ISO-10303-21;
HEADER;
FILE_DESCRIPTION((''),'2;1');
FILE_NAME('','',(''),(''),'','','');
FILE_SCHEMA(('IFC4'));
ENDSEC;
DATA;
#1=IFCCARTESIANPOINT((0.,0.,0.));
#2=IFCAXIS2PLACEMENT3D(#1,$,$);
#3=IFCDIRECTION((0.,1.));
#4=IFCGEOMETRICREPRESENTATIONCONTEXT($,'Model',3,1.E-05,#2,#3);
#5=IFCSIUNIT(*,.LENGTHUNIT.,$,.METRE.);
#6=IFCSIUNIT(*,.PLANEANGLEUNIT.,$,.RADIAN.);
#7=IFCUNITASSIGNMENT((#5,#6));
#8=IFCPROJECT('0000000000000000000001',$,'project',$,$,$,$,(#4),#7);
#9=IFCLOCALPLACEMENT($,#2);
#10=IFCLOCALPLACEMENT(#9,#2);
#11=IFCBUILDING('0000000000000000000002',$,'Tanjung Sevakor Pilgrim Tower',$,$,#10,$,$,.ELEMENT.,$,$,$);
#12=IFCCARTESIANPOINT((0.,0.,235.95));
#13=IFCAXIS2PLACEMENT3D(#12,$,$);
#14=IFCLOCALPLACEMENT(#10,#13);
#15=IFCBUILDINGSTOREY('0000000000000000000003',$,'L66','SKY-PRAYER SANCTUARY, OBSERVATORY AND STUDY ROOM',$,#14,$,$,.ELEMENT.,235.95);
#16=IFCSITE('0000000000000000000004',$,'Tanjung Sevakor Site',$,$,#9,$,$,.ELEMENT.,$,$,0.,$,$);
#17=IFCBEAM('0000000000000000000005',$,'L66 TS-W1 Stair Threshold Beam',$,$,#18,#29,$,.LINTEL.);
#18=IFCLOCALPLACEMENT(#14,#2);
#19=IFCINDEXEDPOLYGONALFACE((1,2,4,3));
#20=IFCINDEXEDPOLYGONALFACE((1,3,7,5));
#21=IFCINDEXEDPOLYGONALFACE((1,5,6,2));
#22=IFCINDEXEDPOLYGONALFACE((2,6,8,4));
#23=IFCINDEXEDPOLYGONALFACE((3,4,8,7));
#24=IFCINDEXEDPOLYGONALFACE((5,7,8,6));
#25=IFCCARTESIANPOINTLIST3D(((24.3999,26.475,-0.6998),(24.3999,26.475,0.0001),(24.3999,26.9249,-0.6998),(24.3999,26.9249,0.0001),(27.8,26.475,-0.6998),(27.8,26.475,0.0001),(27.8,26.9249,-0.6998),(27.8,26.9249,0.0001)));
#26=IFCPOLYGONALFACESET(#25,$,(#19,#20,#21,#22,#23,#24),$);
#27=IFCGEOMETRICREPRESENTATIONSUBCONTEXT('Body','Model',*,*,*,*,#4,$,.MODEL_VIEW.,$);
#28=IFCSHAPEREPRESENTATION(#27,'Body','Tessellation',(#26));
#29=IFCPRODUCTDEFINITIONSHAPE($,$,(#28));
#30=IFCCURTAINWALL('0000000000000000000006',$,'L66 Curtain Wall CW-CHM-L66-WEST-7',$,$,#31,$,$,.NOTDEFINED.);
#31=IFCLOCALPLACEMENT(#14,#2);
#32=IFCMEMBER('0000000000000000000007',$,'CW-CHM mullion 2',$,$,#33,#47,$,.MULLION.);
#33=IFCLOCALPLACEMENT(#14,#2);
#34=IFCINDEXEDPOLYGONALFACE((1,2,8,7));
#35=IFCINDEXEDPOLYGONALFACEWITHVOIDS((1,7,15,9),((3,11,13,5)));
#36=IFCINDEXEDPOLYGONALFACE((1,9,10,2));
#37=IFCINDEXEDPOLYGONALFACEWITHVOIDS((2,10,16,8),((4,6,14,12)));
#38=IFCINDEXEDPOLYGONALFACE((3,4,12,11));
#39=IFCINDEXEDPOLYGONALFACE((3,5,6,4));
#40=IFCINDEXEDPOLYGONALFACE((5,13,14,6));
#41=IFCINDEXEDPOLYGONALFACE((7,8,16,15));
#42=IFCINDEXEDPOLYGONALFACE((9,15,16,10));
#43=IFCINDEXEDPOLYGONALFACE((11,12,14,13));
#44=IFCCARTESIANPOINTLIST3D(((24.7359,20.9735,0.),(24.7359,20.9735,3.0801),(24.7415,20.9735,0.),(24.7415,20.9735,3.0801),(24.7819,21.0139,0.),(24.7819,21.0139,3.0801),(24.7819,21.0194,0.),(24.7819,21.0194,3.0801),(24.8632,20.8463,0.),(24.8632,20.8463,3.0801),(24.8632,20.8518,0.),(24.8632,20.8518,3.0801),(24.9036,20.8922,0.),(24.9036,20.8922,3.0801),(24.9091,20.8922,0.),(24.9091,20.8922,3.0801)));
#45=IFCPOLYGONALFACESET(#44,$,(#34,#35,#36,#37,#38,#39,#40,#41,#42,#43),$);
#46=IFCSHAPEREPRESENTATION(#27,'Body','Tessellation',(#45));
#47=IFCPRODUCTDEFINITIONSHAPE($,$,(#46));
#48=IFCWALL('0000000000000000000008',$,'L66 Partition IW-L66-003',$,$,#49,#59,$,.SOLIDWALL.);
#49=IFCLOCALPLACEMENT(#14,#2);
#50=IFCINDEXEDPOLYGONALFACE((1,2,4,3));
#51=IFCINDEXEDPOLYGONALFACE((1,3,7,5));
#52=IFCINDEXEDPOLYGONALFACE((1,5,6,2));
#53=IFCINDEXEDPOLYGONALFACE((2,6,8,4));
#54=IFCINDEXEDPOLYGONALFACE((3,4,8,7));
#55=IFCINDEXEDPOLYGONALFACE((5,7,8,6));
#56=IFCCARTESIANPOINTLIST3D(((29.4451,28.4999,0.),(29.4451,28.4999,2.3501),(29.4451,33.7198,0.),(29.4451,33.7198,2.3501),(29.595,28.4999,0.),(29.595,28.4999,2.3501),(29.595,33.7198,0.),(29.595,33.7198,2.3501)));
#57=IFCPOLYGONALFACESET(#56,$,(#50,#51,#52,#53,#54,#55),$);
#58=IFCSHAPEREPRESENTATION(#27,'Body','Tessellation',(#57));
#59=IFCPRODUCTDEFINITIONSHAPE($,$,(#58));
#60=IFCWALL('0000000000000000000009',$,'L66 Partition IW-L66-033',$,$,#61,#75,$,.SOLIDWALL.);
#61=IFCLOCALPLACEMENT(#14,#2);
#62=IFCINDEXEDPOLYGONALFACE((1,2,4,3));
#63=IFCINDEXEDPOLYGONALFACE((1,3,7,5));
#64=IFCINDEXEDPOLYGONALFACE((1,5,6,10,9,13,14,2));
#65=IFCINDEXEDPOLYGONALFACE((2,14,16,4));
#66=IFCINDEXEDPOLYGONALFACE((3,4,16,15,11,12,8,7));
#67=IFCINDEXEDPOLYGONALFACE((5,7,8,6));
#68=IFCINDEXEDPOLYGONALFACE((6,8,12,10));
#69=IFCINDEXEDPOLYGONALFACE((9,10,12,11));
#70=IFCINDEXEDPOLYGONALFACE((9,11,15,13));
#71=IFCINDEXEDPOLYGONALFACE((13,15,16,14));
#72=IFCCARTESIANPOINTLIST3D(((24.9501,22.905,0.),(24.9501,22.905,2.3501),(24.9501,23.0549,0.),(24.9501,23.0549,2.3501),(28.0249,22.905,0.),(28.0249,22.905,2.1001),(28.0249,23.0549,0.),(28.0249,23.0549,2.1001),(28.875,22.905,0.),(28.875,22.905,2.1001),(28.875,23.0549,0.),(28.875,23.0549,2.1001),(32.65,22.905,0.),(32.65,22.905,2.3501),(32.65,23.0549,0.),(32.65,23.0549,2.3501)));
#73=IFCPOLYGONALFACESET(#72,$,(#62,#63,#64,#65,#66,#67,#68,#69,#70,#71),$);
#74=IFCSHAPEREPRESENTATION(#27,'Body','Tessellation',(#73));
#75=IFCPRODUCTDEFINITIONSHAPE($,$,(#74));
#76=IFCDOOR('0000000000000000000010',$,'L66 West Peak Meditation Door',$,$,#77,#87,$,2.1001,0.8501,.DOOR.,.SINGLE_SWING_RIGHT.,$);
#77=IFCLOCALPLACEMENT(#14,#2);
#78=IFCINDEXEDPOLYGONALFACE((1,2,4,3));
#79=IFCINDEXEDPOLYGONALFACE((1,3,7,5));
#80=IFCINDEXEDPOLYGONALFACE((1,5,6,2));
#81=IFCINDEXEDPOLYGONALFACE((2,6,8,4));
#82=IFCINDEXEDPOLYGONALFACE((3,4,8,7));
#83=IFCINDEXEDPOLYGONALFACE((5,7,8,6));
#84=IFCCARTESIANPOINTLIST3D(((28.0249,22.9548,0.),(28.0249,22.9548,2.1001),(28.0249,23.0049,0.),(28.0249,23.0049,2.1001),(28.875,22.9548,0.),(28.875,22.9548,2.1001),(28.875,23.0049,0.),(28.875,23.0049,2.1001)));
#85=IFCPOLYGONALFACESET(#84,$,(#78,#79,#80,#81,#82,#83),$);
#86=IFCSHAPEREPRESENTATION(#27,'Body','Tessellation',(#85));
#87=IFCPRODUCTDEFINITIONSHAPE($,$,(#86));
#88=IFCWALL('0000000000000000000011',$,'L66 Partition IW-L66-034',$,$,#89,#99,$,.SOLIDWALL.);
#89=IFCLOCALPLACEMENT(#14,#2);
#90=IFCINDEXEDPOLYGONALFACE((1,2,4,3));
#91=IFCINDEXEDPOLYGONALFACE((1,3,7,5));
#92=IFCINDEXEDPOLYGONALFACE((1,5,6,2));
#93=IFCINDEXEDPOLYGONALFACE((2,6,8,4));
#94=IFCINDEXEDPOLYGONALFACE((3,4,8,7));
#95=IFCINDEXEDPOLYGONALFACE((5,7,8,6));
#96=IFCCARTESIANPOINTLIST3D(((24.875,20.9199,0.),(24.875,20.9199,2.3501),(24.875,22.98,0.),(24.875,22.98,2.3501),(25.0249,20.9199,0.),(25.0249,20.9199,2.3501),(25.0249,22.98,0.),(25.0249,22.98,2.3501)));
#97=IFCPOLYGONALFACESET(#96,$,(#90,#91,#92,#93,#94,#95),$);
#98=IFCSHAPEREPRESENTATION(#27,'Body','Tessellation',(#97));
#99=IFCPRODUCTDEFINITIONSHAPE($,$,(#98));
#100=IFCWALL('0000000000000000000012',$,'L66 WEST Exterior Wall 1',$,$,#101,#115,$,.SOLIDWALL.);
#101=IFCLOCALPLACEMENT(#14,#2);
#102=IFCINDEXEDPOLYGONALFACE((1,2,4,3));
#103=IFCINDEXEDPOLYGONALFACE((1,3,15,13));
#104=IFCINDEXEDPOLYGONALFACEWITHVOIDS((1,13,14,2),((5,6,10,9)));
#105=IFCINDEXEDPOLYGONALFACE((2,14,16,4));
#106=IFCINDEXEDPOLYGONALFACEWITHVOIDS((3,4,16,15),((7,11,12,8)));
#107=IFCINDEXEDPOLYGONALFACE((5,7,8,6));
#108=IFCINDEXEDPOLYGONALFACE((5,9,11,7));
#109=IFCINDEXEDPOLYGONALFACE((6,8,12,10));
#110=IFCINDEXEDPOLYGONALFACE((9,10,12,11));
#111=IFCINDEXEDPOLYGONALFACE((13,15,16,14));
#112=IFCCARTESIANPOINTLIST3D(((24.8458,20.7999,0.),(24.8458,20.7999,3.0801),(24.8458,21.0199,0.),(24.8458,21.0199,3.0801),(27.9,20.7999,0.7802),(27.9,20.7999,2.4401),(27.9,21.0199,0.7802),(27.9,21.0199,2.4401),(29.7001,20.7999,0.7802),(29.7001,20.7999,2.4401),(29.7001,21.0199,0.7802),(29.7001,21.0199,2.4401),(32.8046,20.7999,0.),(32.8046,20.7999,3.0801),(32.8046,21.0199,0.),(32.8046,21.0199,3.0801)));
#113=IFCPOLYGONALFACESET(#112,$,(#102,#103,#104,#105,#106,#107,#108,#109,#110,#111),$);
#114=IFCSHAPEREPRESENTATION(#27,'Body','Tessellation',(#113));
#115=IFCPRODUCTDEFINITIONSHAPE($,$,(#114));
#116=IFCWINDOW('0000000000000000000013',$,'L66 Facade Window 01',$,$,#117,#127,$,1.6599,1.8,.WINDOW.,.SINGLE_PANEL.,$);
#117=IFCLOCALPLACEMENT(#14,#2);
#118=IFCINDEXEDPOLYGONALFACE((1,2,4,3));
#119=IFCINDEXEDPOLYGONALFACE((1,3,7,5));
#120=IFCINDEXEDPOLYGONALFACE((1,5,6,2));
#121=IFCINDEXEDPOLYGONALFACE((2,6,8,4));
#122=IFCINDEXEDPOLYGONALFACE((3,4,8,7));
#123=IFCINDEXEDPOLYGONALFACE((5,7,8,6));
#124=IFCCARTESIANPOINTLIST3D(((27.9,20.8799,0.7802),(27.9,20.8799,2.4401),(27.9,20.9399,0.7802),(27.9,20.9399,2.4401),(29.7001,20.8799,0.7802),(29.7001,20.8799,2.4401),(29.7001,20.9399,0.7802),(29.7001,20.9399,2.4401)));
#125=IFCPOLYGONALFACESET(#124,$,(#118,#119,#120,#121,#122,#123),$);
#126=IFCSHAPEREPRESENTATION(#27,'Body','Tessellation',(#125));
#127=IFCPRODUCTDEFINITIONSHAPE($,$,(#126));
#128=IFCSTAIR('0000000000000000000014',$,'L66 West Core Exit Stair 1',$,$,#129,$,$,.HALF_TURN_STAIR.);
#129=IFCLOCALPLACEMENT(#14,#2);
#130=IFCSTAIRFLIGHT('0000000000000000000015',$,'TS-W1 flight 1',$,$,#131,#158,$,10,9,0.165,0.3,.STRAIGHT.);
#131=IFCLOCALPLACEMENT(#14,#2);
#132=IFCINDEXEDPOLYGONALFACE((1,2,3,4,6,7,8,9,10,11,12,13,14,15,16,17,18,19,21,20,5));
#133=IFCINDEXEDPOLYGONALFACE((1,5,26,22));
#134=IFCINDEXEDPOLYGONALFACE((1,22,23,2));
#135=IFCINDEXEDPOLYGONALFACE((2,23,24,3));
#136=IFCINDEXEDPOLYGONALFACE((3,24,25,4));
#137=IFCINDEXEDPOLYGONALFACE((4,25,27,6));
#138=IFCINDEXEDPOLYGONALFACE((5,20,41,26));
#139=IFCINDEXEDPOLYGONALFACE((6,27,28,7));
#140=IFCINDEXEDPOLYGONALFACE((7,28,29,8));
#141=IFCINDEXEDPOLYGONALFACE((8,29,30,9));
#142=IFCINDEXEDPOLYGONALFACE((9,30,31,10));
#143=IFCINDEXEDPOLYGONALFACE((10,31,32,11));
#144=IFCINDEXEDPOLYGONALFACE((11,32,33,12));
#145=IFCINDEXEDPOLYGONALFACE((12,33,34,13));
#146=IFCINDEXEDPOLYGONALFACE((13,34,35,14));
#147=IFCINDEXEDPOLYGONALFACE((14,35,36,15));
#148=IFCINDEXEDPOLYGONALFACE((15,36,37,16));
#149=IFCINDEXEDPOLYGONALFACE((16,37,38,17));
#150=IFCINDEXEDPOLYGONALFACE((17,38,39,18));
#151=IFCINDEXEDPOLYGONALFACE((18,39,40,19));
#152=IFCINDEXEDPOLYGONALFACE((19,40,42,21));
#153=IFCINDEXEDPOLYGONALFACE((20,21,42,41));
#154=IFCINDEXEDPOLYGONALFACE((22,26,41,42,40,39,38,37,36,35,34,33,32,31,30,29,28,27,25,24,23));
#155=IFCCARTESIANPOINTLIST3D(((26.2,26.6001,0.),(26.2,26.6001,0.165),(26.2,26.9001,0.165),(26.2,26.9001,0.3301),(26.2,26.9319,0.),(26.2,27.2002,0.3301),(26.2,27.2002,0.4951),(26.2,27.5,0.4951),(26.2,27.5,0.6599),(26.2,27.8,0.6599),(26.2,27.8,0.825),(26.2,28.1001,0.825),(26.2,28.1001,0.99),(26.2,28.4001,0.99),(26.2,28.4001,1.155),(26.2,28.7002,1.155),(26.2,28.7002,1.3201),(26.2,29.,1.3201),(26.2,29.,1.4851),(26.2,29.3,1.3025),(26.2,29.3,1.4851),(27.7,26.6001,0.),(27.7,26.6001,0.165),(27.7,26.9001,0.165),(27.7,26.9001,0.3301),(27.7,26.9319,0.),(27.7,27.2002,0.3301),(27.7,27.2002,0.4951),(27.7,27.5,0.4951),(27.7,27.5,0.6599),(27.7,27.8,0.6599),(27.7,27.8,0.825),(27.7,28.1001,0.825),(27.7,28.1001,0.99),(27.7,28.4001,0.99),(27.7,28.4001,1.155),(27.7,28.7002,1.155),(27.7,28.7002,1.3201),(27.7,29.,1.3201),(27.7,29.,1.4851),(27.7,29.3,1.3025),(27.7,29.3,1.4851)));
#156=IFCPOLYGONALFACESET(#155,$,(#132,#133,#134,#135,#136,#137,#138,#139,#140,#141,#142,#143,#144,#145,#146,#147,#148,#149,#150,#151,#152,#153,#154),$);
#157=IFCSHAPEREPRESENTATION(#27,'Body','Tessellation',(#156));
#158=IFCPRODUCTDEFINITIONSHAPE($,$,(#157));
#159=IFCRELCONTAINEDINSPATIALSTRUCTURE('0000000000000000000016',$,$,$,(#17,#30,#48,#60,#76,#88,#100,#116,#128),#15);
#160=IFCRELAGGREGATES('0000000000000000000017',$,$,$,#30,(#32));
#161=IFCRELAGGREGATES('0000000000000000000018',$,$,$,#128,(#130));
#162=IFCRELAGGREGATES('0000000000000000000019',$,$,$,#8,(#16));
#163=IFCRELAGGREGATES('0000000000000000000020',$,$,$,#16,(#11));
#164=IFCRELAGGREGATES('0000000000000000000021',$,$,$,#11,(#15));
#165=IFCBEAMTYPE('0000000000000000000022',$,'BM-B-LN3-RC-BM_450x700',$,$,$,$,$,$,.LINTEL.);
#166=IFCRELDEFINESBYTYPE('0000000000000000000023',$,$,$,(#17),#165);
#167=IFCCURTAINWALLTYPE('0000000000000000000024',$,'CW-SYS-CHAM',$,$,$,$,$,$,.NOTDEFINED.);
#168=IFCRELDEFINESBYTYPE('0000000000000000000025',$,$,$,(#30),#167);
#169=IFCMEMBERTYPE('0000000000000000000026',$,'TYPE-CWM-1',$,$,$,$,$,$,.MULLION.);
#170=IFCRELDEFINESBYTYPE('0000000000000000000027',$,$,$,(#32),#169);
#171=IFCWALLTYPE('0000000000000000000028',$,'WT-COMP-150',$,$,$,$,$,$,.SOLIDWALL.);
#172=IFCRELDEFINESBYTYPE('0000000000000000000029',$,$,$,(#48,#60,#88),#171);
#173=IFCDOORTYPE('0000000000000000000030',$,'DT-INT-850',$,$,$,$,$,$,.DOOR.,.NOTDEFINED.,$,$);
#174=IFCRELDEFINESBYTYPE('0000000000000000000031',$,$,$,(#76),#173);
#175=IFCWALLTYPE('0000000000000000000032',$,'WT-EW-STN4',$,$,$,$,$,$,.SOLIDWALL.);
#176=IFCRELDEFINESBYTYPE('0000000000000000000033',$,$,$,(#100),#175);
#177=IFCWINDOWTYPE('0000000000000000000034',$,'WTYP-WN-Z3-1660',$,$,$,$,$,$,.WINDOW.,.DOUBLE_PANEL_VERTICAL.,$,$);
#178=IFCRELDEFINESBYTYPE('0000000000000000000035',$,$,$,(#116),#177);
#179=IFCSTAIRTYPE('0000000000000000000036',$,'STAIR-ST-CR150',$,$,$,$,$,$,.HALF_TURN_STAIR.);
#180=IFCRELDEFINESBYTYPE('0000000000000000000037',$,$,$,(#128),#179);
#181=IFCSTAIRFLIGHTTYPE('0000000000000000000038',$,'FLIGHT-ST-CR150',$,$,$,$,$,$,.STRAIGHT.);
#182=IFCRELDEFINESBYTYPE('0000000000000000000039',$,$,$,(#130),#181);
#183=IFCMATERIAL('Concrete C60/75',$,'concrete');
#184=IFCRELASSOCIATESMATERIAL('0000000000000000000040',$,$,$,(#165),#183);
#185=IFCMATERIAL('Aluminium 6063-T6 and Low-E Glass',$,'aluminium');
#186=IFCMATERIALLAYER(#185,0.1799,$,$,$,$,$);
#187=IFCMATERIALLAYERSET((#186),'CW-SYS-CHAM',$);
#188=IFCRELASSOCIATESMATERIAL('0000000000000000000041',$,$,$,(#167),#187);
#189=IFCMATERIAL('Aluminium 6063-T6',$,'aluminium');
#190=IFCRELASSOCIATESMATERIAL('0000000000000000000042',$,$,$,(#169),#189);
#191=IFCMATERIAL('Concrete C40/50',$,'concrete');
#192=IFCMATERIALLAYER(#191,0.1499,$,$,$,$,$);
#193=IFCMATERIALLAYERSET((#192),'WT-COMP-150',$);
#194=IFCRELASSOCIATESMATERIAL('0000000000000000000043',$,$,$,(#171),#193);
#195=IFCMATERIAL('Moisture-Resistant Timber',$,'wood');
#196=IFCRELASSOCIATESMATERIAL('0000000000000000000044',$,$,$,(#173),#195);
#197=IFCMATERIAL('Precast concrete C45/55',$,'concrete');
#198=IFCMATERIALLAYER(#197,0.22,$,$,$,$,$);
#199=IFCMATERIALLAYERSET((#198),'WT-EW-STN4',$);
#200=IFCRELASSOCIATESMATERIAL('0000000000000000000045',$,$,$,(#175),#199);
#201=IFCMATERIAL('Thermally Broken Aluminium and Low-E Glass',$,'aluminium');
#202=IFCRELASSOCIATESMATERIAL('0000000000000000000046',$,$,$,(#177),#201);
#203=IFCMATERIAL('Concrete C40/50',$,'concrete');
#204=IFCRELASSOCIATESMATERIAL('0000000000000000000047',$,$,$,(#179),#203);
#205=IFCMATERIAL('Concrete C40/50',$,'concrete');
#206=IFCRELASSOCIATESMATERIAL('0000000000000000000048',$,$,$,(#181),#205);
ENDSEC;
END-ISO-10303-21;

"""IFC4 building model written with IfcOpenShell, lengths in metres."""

from ifc_helpers import new_model, si_unit, direction, frame, frame_2d, origin, origin_2d, place, context, subcontext, project, spatial, polyline, rectangle, hollow_rectangle, outline, extrude, material, layer, layer_set, material_profile, profile_set, type_object, element, fill, aggregate, save


model = new_model("IFC4")

# Units and contexts
model_context = context("Model", 3, precision=1e-05, world=origin(), true_north=direction((0.0, 1.0)))
body_context = subcontext(model_context, "Body", "Model", "MODEL_VIEW")
ifc_project = project(units=[si_unit("LENGTHUNIT", "METRE"), si_unit("PLANEANGLEUNIT", "RADIAN")], contexts=[model_context])

# Site, building, storey
site_placement = place(None, origin())
site = spatial("IfcSite", under=ifc_project, at=site_placement, Name="Tanjung Sevakor Site", CompositionType="ELEMENT", RefElevation=0.0)
building_placement = place(site_placement, origin())
building = spatial("IfcBuilding", under=site, at=building_placement, Name="Tanjung Sevakor Pilgrim Tower", CompositionType="ELEMENT")
storey_placement = place(building_placement, frame((0.0, 0.0, 235.95)))
storey = spatial("IfcBuildingStorey", under=building, at=storey_placement, Name="L66", Description="SKY-PRAYER SANCTUARY, OBSERVATORY AND STUDY ROOM", CompositionType="ELEMENT", Elevation=235.95)

# Beam
ifc_material_1 = material(Name="Concrete C60/75", Category="concrete")
ifc_material_profile_1 = material_profile(ifc_material_1, rectangle(XDim=0.45, YDim=0.7, at=origin_2d()))
ifc_profile_set_1 = profile_set([ifc_material_profile_1], Name="Concrete C60/75")
beam_type = type_object("IfcBeamType", Name="BM-B-LN3-RC-BM_450x700", PredefinedType="LINTEL", material=ifc_profile_set_1)
beam_placement = place(storey_placement, frame((24.3999, 26.7, -0.3499), z_axis=(1.0, 0.0, 0.0), x_axis=(0.0, 1.0, 0.0)))
element("IfcBeam", 1, at=beam_placement, inside=storey, type_object=beam_type, Name="L66 TS-W1 Stair Threshold Beam", PredefinedType="LINTEL", context=body_context, shape_type="SweptSolid", body=[
    extrude(rectangle(XDim=0.45, YDim=0.7, at=origin_2d()), origin(), (0.0, 0.0, 1.0), 3.4001),
])

# Curtain wall, member
ifc_material_2 = material(Name="Aluminium 6063-T6 and Low-E Glass", Category="aluminium")
ifc_layer_1 = layer(ifc_material_2, 0.1799)
ifc_layer_set_1 = layer_set([ifc_layer_1], Name="CW-SYS-CHAM")
curtain_wall_type = type_object("IfcCurtainWallType", Name="CW-SYS-CHAM", PredefinedType="NOTDEFINED", material=ifc_layer_set_1)
curtain_wall_placement = place(storey_placement, origin())
curtain_wall = element("IfcCurtainWall", 2, at=curtain_wall_placement, inside=storey, type_object=curtain_wall_type, Name="L66 Curtain Wall CW-CHM-L66-WEST-7", PredefinedType="NOTDEFINED")
ifc_material_3 = material(Name="Aluminium 6063-T6", Category="aluminium")
ifc_material_profile_2 = material_profile(ifc_material_3, hollow_rectangle(XDim=0.0649, YDim=0.1799, WallThickness=0.0039, at=origin_2d()))
ifc_profile_set_2 = profile_set([ifc_material_profile_2], Name="Aluminium 6063-T6")
member_type = type_object("IfcMemberType", Name="TYPE-CWM-1", PredefinedType="MULLION", material=ifc_profile_set_2)
member_placement = place(storey_placement, frame((24.8225, 20.9329, 0.0), z_axis=(0.0, 0.0, 1.0), x_axis=(0.707107, 0.707107, 0.0)))
member = element("IfcMember", 3, at=member_placement, type_object=member_type, Name="CW-CHM mullion 2", PredefinedType="MULLION", context=body_context, shape_type="SweptSolid", body=[
    extrude(hollow_rectangle(XDim=0.0649, YDim=0.1799, WallThickness=0.0039, at=origin_2d()), origin(), (0.0, 0.0, 1.0), 3.0801),
])
aggregate(curtain_wall, [member])

# Wall
ifc_material_4 = material(Name="Concrete C40/50", Category="concrete")
ifc_layer_2 = layer(ifc_material_4, 0.1499)
ifc_layer_set_2 = layer_set([ifc_layer_2], Name="WT-COMP-150")
wall_type_1 = type_object("IfcWallType", Name="WT-COMP-150", PredefinedType="SOLIDWALL", material=ifc_layer_set_2)
wall_1_placement = place(storey_placement, frame((29.52, 28.5, 0.0), z_axis=(0.0, 0.0, 1.0), x_axis=(0.0, 1.0, 0.0)))
element("IfcWall", 4, at=wall_1_placement, inside=storey, type_object=wall_type_1, Name="L66 Partition IW-L66-003", PredefinedType="SOLIDWALL", context=body_context, shape_type="SweptSolid", body=[
    extrude(rectangle(XDim=5.22, YDim=0.1499, at=frame_2d((2.6099, 0.0))), origin(), (0.0, 0.0, 1.0), 2.3501),
])

# Wall, opening, door
wall_2_placement = place(storey_placement, frame((24.95, 22.98, 0.0), z_axis=(0.0, 0.0, 1.0), x_axis=(1.0, 0.0, 0.0)))
wall_2 = element("IfcWall", 5, at=wall_2_placement, inside=storey, type_object=wall_type_1, Name="L66 Partition IW-L66-033", PredefinedType="SOLIDWALL", context=body_context, shape_type="SweptSolid", body=[
    extrude(rectangle(XDim=7.7, YDim=0.1499, at=frame_2d((3.8501, 0.0))), origin(), (0.0, 0.0, 1.0), 2.3501),
])
opening_1_placement = place(wall_2_placement, frame((3.075, 0.0, 0.0)))
opening_1 = element("IfcOpeningElement", 6, at=opening_1_placement, cuts=wall_2, PredefinedType="OPENING", context=body_context, shape_type="SweptSolid", body=[
    extrude(rectangle(XDim=0.8501, YDim=2.1001, at=frame_2d((0.425, 1.05))), frame((0.0, 0.085, 0.0), z_axis=(0.0, -1.0, 0.0), x_axis=(1.0, 0.0, 0.0)), (0.0, 0.0, 1.0), 0.1699),
])
ifc_material_5 = material(Name="Moisture-Resistant Timber", Category="wood")
door_type_1 = type_object("IfcDoorType", Name="DT-INT-850", OperationType="NOTDEFINED", PredefinedType="DOOR", material=ifc_material_5)
door_1_placement = place(opening_1_placement, origin())
door_1 = element("IfcDoor", 7, at=door_1_placement, inside=storey, type_object=door_type_1, Name="L66 West Peak Meditation Door", OperationType="SINGLE_SWING_RIGHT", OverallHeight=2.1001, OverallWidth=0.8501, PredefinedType="DOOR", context=body_context, shape_type="SweptSolid", body=[
    extrude(rectangle(XDim=0.8501, YDim=2.1001, at=frame_2d((0.425, 1.05))), frame((0.0, 0.0249, 0.0), z_axis=(0.0, -1.0, 0.0), x_axis=(1.0, 0.0, 0.0)), (0.0, 0.0, 1.0), 0.05),
])
fill(opening_1, door_1)

# Wall
wall_3_placement = place(storey_placement, frame((24.95, 20.9199, 0.0), z_axis=(0.0, 0.0, 1.0), x_axis=(0.0, 1.0, 0.0)))
element("IfcWall", 8, at=wall_3_placement, inside=storey, type_object=wall_type_1, Name="L66 Partition IW-L66-034", PredefinedType="SOLIDWALL", context=body_context, shape_type="SweptSolid", body=[
    extrude(rectangle(XDim=2.0601, YDim=0.1499, at=frame_2d((1.03, 0.0))), origin(), (0.0, 0.0, 1.0), 2.3501),
])

# Wall, opening, window
ifc_material_6 = material(Name="Precast concrete C45/55", Category="concrete")
ifc_layer_3 = layer(ifc_material_6, 0.22)
ifc_layer_set_3 = layer_set([ifc_layer_3], Name="WT-EW-STN4")
wall_type_2 = type_object("IfcWallType", Name="WT-EW-STN4", PredefinedType="SOLIDWALL", material=ifc_layer_set_3)
wall_4_placement = place(storey_placement, frame((24.8457, 20.9099, 0.0), z_axis=(0.0, 0.0, 1.0), x_axis=(1.0, 0.0, 0.0)))
wall_4 = element("IfcWall", 9, at=wall_4_placement, inside=storey, type_object=wall_type_2, Name="L66 WEST Exterior Wall 1", PredefinedType="SOLIDWALL", context=body_context, shape_type="SweptSolid", body=[
    extrude(rectangle(XDim=7.9587, YDim=0.22, at=frame_2d((3.9795, 0.0))), origin(), (0.0, 0.0, 1.0), 3.0801),
])
opening_2_placement = place(wall_4_placement, frame((3.0544, 0.0, 0.78)))
opening_2 = element("IfcOpeningElement", 10, at=opening_2_placement, cuts=wall_4, PredefinedType="OPENING", context=body_context, shape_type="SweptSolid", body=[
    extrude(rectangle(XDim=1.8, YDim=1.6599, at=frame_2d((0.8999, 0.8301))), frame((0.0, 0.1199, 0.0), z_axis=(0.0, -1.0, 0.0), x_axis=(1.0, 0.0, 0.0)), (0.0, 0.0, 1.0), 0.24),
])
ifc_material_7 = material(Name="Thermally Broken Aluminium and Low-E Glass", Category="aluminium")
window_type = type_object("IfcWindowType", Name="WTYP-WN-Z3-1660", PartitioningType="DOUBLE_PANEL_VERTICAL", PredefinedType="WINDOW", material=ifc_material_7)
window_placement = place(opening_2_placement, origin())
window = element("IfcWindow", 11, at=window_placement, inside=storey, type_object=window_type, Name="L66 Facade Window 01", OverallHeight=1.6599, OverallWidth=1.8, PartitioningType="SINGLE_PANEL", PredefinedType="WINDOW", context=body_context, shape_type="SweptSolid", body=[
    extrude(rectangle(XDim=1.8, YDim=1.6599, at=frame_2d((0.8999, 0.8301))), frame((0.0, 0.03, 0.0), z_axis=(0.0, -1.0, 0.0), x_axis=(1.0, 0.0, 0.0)), (0.0, 0.0, 1.0), 0.0601),
])
fill(opening_2, window)

# Stair, stair flight
ifc_material_8 = material(Name="Concrete C40/50", Category="concrete")
stair_type = type_object("IfcStairType", Name="STAIR-ST-CR150", PredefinedType="HALF_TURN_STAIR", material=ifc_material_8)
stair_placement = place(storey_placement, origin())
stair = element("IfcStair", 12, at=stair_placement, inside=storey, type_object=stair_type, Name="L66 West Core Exit Stair 1", PredefinedType="HALF_TURN_STAIR")
ifc_material_9 = material(Name="Concrete C40/50", Category="concrete")
stair_flight_type = type_object("IfcStairFlightType", Name="FLIGHT-ST-CR150", PredefinedType="STRAIGHT", material=ifc_material_9)
stair_flight_1_placement = place(storey_placement, frame((26.95, 26.6001, 0.0), z_axis=(0.0, 0.0, 1.0), x_axis=(0.0, 1.0, 0.0)))
stair_flight_1 = element("IfcStairFlight", 13, at=stair_flight_1_placement, type_object=stair_flight_type, Name="TS-W1 flight 1", NumberOfRisers=10, NumberOfTreads=9, PredefinedType="STRAIGHT", RiserHeight=0.165, TreadLength=0.3, context=body_context, shape_type="SweptSolid", body=[
    extrude(outline(polyline([(0.0, 0.0), (0.0, 0.165), (0.3, 0.165), (0.3, 0.3301), (0.6001, 0.3301), (0.6001, 0.4951), (0.8999, 0.4951), (0.8999, 0.6599), (1.2, 0.6599), (1.2, 0.825), (1.5, 0.825), (1.5, 0.99), (1.8, 0.99), (1.8, 1.155), (2.1001, 1.155), (2.1001, 1.3201), (2.3999, 1.3201), (2.3999, 1.4851), (2.7, 1.4851), (2.7, 1.6499), (2.7, 1.3025), (0.3318, 0.0), (0.0, 0.0)])), frame((0.0, 0.75, 0.0), z_axis=(0.0, -1.0, 0.0), x_axis=(1.0, 0.0, 0.0)), (0.0, 0.0, 1.0), 1.5),
])
aggregate(stair, [stair_flight_1])

save(model, "model.ifc")
